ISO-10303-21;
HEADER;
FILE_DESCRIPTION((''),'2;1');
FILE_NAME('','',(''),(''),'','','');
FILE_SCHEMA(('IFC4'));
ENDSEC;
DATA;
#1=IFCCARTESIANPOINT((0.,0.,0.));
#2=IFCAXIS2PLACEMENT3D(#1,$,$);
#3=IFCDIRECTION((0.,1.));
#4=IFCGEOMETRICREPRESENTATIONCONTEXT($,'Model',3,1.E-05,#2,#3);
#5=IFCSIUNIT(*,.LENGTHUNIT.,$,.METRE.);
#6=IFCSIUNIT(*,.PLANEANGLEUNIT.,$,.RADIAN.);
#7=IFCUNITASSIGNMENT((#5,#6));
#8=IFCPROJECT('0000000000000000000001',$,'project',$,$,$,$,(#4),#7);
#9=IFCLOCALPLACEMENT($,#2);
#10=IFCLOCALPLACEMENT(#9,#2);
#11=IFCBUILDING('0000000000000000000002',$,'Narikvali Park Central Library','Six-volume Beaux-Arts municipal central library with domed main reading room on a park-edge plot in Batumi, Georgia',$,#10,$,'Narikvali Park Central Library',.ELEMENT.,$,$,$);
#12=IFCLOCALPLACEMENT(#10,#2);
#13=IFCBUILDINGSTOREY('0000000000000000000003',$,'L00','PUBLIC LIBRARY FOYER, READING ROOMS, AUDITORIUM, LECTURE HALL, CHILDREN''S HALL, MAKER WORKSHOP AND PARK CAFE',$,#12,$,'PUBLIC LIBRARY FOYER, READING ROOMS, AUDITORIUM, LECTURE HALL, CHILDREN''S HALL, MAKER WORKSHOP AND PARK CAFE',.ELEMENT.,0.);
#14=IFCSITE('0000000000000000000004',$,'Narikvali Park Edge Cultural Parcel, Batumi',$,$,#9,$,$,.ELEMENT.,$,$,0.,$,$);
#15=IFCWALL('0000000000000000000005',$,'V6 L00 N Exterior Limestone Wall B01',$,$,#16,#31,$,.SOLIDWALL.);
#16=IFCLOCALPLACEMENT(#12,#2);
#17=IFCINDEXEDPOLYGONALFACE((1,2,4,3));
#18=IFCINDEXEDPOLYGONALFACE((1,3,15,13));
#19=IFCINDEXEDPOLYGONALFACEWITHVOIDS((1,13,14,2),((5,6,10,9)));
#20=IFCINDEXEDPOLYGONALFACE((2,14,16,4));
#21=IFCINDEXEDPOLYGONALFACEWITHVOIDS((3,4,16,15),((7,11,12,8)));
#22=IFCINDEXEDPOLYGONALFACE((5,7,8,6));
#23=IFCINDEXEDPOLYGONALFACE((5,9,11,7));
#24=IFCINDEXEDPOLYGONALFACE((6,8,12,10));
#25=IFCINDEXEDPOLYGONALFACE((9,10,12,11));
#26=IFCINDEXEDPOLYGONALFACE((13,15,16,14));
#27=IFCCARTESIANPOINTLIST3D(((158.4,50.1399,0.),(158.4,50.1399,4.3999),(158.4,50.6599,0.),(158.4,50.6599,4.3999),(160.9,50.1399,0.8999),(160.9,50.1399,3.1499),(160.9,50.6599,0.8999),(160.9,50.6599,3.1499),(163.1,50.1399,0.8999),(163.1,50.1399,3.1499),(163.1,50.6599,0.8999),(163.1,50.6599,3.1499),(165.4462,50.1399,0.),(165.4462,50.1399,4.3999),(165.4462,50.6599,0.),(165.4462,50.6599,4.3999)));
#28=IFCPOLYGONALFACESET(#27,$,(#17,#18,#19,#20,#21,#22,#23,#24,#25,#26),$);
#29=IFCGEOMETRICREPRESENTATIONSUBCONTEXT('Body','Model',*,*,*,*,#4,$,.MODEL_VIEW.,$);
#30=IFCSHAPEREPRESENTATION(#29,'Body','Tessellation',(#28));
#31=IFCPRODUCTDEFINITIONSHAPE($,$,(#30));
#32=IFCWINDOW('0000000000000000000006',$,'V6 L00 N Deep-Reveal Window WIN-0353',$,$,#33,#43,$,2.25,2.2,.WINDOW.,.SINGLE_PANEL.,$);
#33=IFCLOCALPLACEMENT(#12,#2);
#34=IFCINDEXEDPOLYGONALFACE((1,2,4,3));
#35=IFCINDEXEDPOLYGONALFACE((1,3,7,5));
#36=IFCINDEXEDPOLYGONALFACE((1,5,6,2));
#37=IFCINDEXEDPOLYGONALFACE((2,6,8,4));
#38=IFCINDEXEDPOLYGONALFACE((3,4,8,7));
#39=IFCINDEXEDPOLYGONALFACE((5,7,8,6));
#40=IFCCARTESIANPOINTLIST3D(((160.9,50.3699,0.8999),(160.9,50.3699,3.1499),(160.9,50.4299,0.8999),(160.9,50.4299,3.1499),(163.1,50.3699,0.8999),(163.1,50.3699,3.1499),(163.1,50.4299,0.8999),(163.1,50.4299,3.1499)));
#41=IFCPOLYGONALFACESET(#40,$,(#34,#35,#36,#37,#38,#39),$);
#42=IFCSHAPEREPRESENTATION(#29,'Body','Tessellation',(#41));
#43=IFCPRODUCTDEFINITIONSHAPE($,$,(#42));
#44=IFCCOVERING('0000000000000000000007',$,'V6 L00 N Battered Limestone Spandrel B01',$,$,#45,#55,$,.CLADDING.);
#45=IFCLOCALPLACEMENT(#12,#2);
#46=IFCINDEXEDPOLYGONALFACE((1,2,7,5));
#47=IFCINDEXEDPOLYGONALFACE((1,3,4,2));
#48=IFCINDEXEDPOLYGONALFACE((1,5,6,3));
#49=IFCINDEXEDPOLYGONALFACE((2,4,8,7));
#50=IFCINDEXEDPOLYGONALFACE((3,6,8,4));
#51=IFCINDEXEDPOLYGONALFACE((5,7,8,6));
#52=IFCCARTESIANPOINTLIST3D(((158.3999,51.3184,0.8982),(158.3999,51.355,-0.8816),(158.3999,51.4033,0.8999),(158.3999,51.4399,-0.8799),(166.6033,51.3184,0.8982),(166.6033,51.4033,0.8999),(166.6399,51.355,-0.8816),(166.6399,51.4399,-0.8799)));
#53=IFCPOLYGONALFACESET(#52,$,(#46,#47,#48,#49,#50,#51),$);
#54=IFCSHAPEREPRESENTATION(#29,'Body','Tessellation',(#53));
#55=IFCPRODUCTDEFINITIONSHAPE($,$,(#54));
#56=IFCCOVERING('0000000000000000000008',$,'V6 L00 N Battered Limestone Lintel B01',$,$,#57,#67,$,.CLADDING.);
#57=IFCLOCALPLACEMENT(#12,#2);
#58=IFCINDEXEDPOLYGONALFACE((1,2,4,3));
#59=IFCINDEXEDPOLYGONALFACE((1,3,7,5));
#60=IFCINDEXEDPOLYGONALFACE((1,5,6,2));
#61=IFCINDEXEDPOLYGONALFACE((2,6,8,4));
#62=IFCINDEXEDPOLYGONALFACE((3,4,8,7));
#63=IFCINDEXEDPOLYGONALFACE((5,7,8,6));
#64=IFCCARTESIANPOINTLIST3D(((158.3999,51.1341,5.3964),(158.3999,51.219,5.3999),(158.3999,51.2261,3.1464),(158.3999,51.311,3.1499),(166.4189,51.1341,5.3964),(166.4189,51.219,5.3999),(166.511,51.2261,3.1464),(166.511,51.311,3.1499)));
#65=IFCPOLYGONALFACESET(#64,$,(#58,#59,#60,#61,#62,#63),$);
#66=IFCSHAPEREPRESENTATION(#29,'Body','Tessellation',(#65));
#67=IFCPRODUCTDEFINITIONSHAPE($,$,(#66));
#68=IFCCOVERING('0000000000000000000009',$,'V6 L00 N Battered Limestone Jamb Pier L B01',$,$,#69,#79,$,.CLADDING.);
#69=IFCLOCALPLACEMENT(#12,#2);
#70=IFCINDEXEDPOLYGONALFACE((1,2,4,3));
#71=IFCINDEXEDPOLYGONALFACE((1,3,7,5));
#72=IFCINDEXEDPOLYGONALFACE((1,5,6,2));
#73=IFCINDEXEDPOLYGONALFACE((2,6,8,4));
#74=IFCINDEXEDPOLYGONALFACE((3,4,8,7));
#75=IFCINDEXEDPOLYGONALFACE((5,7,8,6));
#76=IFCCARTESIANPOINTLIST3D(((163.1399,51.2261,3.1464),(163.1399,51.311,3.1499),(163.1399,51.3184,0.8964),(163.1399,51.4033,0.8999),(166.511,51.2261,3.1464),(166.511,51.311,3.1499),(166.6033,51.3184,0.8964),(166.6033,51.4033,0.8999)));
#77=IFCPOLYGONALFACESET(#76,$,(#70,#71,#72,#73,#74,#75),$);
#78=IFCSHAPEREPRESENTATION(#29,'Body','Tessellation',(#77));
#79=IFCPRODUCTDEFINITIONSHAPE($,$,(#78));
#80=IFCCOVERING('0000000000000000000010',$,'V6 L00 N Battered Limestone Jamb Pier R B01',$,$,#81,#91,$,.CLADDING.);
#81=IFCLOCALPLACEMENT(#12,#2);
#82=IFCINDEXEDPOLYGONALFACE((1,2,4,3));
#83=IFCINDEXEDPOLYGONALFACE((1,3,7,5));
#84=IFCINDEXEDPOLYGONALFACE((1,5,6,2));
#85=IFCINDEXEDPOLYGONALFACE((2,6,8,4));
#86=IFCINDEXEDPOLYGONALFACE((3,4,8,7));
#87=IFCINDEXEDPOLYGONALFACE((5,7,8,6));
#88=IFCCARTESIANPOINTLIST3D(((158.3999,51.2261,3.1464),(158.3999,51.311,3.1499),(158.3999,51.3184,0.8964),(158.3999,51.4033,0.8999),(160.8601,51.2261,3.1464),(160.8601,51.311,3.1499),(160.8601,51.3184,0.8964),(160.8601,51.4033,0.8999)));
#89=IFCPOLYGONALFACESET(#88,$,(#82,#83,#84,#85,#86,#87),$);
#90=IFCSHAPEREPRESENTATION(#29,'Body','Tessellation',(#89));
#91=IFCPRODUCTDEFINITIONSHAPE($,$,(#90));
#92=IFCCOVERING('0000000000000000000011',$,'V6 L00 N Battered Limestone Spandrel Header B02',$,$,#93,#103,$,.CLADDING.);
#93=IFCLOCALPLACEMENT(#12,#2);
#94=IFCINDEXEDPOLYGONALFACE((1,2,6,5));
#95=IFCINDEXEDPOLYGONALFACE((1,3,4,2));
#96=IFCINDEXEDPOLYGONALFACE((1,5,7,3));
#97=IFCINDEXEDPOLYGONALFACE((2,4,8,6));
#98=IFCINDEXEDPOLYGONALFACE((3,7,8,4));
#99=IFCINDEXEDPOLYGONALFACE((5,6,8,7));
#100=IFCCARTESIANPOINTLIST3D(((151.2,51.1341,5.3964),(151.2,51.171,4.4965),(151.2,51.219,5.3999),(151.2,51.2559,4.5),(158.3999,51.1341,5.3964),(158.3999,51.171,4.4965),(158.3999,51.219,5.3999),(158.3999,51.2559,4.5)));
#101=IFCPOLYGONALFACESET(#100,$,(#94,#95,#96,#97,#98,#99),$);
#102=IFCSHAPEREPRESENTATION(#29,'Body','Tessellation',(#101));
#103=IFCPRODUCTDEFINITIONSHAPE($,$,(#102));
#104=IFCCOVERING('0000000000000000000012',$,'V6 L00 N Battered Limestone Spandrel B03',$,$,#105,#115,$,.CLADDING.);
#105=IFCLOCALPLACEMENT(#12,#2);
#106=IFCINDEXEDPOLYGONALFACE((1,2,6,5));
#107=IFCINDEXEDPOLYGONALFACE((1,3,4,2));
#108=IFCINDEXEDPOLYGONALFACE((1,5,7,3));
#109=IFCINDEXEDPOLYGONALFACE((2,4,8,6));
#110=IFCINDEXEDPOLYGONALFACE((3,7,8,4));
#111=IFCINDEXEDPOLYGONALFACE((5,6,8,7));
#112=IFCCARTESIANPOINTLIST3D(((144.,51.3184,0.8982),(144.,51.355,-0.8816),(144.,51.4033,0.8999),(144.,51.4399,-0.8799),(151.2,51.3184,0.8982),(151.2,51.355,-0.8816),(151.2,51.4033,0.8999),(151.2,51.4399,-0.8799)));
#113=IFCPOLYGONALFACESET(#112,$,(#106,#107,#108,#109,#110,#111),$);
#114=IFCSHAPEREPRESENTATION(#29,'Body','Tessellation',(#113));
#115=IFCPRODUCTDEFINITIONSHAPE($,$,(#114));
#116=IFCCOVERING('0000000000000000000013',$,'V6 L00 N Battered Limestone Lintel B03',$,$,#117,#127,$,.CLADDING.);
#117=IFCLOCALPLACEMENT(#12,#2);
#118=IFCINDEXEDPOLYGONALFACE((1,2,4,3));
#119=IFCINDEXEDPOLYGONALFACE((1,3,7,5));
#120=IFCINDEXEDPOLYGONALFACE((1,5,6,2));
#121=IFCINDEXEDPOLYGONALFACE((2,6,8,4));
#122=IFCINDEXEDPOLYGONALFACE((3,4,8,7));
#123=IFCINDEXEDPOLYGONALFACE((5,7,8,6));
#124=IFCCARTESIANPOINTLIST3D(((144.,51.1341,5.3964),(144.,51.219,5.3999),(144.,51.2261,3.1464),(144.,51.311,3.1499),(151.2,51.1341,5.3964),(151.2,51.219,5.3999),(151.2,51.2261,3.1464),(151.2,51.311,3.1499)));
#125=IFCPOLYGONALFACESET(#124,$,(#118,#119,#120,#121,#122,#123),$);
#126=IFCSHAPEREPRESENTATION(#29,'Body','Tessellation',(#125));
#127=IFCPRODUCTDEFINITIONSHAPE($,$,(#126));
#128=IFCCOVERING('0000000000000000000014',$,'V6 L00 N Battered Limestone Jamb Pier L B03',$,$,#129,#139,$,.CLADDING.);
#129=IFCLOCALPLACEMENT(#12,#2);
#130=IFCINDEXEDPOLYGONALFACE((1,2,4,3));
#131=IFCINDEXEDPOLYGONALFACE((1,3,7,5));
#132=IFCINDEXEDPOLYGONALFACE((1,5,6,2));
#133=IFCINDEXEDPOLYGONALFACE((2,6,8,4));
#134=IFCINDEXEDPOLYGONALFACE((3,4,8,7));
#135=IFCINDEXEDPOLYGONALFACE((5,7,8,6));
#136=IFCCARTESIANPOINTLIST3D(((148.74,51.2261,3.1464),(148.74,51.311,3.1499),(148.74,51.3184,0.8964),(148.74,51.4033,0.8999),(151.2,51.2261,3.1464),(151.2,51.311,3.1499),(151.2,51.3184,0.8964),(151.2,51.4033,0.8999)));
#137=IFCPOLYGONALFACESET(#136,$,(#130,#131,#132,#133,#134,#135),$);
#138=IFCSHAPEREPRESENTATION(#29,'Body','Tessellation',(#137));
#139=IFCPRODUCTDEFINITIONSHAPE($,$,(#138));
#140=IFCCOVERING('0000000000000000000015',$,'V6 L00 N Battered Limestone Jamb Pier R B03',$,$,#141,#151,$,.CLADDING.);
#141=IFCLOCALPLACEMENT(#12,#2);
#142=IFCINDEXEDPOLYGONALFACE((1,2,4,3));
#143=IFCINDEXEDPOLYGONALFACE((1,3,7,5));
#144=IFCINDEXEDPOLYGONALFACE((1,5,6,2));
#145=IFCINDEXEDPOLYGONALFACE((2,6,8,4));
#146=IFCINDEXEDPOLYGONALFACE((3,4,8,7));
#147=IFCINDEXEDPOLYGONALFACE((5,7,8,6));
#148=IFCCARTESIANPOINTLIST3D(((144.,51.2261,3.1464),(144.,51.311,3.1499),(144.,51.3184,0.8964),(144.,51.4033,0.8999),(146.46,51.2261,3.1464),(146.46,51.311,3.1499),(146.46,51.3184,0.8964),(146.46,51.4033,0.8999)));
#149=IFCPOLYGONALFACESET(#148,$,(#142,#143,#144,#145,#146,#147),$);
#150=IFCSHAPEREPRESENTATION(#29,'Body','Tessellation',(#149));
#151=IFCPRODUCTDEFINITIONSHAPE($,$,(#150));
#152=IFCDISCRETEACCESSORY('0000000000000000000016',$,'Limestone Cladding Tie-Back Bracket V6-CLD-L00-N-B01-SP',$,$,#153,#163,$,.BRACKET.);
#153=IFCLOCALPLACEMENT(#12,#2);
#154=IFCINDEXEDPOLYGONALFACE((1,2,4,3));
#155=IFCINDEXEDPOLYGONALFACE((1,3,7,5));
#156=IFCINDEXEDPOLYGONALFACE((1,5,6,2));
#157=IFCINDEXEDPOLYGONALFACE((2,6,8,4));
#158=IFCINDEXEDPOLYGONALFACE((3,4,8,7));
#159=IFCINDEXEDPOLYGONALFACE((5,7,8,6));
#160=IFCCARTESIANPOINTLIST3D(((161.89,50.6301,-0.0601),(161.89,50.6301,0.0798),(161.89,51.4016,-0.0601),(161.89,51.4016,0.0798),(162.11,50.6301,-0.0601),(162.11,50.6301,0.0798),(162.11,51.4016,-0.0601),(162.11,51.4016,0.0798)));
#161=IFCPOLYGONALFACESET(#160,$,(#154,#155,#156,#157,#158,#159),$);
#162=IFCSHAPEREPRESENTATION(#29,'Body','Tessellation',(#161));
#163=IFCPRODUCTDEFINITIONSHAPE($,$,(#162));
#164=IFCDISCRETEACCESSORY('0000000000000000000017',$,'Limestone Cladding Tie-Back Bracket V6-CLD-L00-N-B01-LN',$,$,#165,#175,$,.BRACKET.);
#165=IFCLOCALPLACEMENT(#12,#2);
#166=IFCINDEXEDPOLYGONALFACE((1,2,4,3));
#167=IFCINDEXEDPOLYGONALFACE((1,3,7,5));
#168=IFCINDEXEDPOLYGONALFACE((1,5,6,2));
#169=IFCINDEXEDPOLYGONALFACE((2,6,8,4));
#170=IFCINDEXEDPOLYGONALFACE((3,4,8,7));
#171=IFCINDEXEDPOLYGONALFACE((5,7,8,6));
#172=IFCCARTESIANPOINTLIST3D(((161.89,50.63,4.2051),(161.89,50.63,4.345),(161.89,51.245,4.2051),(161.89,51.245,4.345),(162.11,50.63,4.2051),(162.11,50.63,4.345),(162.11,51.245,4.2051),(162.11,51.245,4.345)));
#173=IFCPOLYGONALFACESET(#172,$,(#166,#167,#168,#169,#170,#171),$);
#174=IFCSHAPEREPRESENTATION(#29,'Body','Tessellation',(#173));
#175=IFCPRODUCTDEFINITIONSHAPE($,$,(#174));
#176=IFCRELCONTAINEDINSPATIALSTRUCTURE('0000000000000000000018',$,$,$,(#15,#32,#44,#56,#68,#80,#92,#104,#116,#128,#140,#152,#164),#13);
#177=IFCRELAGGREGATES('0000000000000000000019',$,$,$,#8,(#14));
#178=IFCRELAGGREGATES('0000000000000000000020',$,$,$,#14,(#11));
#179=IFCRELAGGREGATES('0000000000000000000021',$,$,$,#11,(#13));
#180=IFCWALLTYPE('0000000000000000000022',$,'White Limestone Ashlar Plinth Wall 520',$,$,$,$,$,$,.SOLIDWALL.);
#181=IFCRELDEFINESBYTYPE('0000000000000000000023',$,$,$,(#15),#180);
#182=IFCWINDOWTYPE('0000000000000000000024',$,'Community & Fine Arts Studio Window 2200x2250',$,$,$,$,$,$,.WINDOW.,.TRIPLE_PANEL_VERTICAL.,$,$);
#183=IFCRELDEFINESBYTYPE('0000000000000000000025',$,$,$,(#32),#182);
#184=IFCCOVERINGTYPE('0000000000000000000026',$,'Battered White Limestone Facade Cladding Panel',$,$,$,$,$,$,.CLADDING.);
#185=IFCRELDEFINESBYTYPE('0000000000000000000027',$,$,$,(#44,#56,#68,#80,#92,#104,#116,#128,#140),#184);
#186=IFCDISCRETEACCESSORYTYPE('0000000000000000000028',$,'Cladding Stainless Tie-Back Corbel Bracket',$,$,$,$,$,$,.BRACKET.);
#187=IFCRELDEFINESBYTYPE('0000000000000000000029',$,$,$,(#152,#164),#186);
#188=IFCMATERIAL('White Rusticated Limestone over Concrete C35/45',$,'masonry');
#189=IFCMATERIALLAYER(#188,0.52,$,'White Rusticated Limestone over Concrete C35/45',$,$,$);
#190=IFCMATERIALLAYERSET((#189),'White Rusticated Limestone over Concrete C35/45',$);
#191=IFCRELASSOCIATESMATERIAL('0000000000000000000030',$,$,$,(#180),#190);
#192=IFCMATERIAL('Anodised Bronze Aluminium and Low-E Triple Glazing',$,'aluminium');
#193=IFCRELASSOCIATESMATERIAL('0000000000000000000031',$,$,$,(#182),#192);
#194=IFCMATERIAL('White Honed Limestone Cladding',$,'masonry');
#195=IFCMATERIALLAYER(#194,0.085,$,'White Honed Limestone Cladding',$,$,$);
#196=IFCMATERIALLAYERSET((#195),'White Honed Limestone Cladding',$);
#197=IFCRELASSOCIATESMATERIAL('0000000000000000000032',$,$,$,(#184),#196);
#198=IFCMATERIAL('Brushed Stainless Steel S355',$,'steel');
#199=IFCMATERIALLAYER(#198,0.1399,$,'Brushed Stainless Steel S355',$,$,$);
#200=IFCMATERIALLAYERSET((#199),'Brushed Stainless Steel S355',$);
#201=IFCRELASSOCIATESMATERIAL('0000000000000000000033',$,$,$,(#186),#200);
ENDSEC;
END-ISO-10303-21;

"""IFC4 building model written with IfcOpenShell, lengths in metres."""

from ifc_helpers import new_model, si_unit, direction, frame, frame_2d, origin, origin_2d, place, context, subcontext, project, spatial, polyline, rectangle, outline, extrude, material, layer, layer_set, type_object, element, fill, save


model = new_model("IFC4")

# Units and contexts
model_context = context("Model", 3, precision=1e-05, world=origin(), true_north=direction((0.0, 1.0)))
body_context = subcontext(model_context, "Body", "Model", "MODEL_VIEW")
ifc_project = project(units=[si_unit("LENGTHUNIT", "METRE"), si_unit("PLANEANGLEUNIT", "RADIAN")], contexts=[model_context])

# Site, building, storey
site_placement = place(None, origin())
site = spatial("IfcSite", under=ifc_project, at=site_placement, Name="Narikvali Park Edge Cultural Parcel, Batumi", CompositionType="ELEMENT", RefElevation=0.0)
building_placement = place(site_placement, origin())
building = spatial("IfcBuilding", under=site, at=building_placement, Name="Narikvali Park Central Library", Description="Six-volume Beaux-Arts municipal central library with domed main reading room on a park-edge plot in Batumi, Georgia", LongName="Narikvali Park Central Library", CompositionType="ELEMENT")
storey_placement = place(building_placement, origin())
storey = spatial("IfcBuildingStorey", under=building, at=storey_placement, Name="L00", Description="PUBLIC LIBRARY FOYER, READING ROOMS, AUDITORIUM, LECTURE HALL, CHILDREN'S HALL, MAKER WORKSHOP AND PARK CAFE", LongName="PUBLIC LIBRARY FOYER, READING ROOMS, AUDITORIUM, LECTURE HALL, CHILDREN'S HALL, MAKER WORKSHOP AND PARK CAFE", CompositionType="ELEMENT", Elevation=0.0)

# Wall, opening, window
ifc_material_1 = material(Name="White Rusticated Limestone over Concrete C35/45", Category="masonry")
ifc_layer_1 = layer(ifc_material_1, 0.52, Name="White Rusticated Limestone over Concrete C35/45")
ifc_layer_set_1 = layer_set([ifc_layer_1], Name="White Rusticated Limestone over Concrete C35/45")
wall_type = type_object("IfcWallType", Name="White Limestone Ashlar Plinth Wall 520", PredefinedType="SOLIDWALL", material=ifc_layer_set_1)
wall_placement = place(storey_placement, frame((165.446, 50.3999, 0.0), z_axis=(0.0, 0.0, 1.0), x_axis=(-1.0, 0.0, 0.0)))
wall = element("IfcWall", 1, at=wall_placement, inside=storey, type_object=wall_type, Name="V6 L00 N Exterior Limestone Wall B01", PredefinedType="SOLIDWALL", context=body_context, shape_type="SweptSolid", body=[
    extrude(rectangle(XDim=7.0461, YDim=0.52, at=frame_2d((3.5229, 0.0))), origin(), (0.0, 0.0, 1.0), 4.3999),
])
opening_placement = place(wall_placement, frame((2.3459, 0.0, 0.8999)))
opening = element("IfcOpeningElement", 2, at=opening_placement, cuts=wall, PredefinedType="OPENING", context=body_context, shape_type="SweptSolid", body=[
    extrude(rectangle(XDim=2.2, YDim=2.25, at=frame_2d((1.1001, 1.125))), frame((0.0, 0.272, 0.0), z_axis=(0.0, -1.0, 0.0), x_axis=(1.0, 0.0, 0.0)), (0.0, 0.0, 1.0), 0.5439),
])
ifc_material_2 = material(Name="Anodised Bronze Aluminium and Low-E Triple Glazing", Category="aluminium")
window_type = type_object("IfcWindowType", Name="Community & Fine Arts Studio Window 2200x2250", PartitioningType="TRIPLE_PANEL_VERTICAL", PredefinedType="WINDOW", material=ifc_material_2)
window_placement = place(opening_placement, origin())
window = element("IfcWindow", 3, at=window_placement, inside=storey, type_object=window_type, Name="V6 L00 N Deep-Reveal Window WIN-0353", OverallHeight=2.25, OverallWidth=2.2, PartitioningType="SINGLE_PANEL", PredefinedType="WINDOW", context=body_context, shape_type="SweptSolid", body=[
    extrude(rectangle(XDim=2.2, YDim=2.25, at=frame_2d((1.1001, 1.125))), frame((0.0, 0.03, 0.0), z_axis=(0.0, -1.0, 0.0), x_axis=(1.0, 0.0, 0.0)), (0.0, 0.0, 1.0), 0.0601),
])
fill(opening, window)

# Coverings
ifc_material_3 = material(Name="White Honed Limestone Cladding", Category="masonry")
ifc_layer_2 = layer(ifc_material_3, 0.085, Name="White Honed Limestone Cladding")
ifc_layer_set_2 = layer_set([ifc_layer_2], Name="White Honed Limestone Cladding")
covering_type = type_object("IfcCoveringType", Name="Battered White Limestone Facade Cladding Panel", PredefinedType="CLADDING", material=ifc_layer_set_2)
covering_1_placement = place(storey_placement, frame((166.6399, 51.4399, -0.8799), z_axis=(0.0, 0.999788, 0.020572), x_axis=(-1.0, 0.0, 0.0)))
element("IfcCovering", 4, at=covering_1_placement, inside=storey, type_object=covering_type, Name="V6 L00 N Battered Limestone Spandrel B01", PredefinedType="CLADDING", context=body_context, shape_type="SweptSolid", body=[
    extrude(outline(polyline([(0.0, 0.0), (8.24, 0.0), (8.24, 1.7802), (0.0366, 1.7802), (0.0, 0.0)])), origin(), (0.0, 0.0, -1.0), 0.085),
])
covering_2_placement = place(storey_placement, frame((166.511, 51.311, 3.1499), z_axis=(0.0, 0.999164, 0.040873), x_axis=(-1.0, 0.0, 0.0)))
element("IfcCovering", 5, at=covering_2_placement, inside=storey, type_object=covering_type, Name="V6 L00 N Battered Limestone Lintel B01", PredefinedType="CLADDING", context=body_context, shape_type="SweptSolid", body=[
    extrude(outline(polyline([(0.0, 0.0), (8.1111, 0.0), (8.1111, 2.2519), (0.092, 2.2519), (0.0, 0.0)])), origin(), (0.0, 0.0, -1.0), 0.085),
])
covering_3_placement = place(storey_placement, frame((166.6033, 51.4033, 0.8999), z_axis=(0.0, 0.99916, 0.040981), x_axis=(-1.0, 0.0, 0.0)))
element("IfcCovering", 6, at=covering_3_placement, inside=storey, type_object=covering_type, Name="V6 L00 N Battered Limestone Jamb Pier L B01", PredefinedType="CLADDING", context=body_context, shape_type="SweptSolid", body=[
    extrude(outline(polyline([(0.0, 0.0), (3.4634, 0.0), (3.4634, 2.2519), (0.0923, 2.2519), (0.0, 0.0)])), origin(), (0.0, 0.0, -1.0), 0.085),
])
covering_4_placement = place(storey_placement, frame((160.8601, 51.4033, 0.8999), z_axis=(0.0, 0.99916, 0.040981), x_axis=(-1.0, 0.0, 0.0)))
element("IfcCovering", 7, at=covering_4_placement, inside=storey, type_object=covering_type, Name="V6 L00 N Battered Limestone Jamb Pier R B01", PredefinedType="CLADDING", context=body_context, shape_type="SweptSolid", body=[
    extrude(outline(polyline([(0.0, 0.0), (2.4602, 0.0), (2.4602, 2.2519), (0.0, 2.2519), (0.0, 0.0)])), origin(), (0.0, 0.0, -1.0), 0.085),
])
covering_5_placement = place(storey_placement, frame((158.3999, 51.2559, 4.5), z_axis=(0.0, 0.999162, 0.040931), x_axis=(-1.0, 0.0, 0.0)))
element("IfcCovering", 8, at=covering_5_placement, inside=storey, type_object=covering_type, Name="V6 L00 N Battered Limestone Spandrel Header B02", PredefinedType="CLADDING", context=body_context, shape_type="SweptSolid", body=[
    extrude(outline(polyline([(0.0, 0.0), (7.2, 0.0), (7.2, 0.9007), (0.0, 0.9007), (0.0, 0.0)])), origin(), (0.0, 0.0, -1.0), 0.085),
])
covering_6_placement = place(storey_placement, frame((151.2, 51.4399, -0.8799), z_axis=(0.0, 0.999788, 0.020572), x_axis=(-1.0, 0.0, 0.0)))
element("IfcCovering", 9, at=covering_6_placement, inside=storey, type_object=covering_type, Name="V6 L00 N Battered Limestone Spandrel B03", PredefinedType="CLADDING", context=body_context, shape_type="SweptSolid", body=[
    extrude(outline(polyline([(0.0, 0.0), (7.2, 0.0), (7.2, 1.7802), (0.0, 1.7802), (0.0, 0.0)])), origin(), (0.0, 0.0, -1.0), 0.085),
])
covering_7_placement = place(storey_placement, frame((151.2, 51.311, 3.1499), z_axis=(0.0, 0.999164, 0.040873), x_axis=(-1.0, 0.0, 0.0)))
element("IfcCovering", 10, at=covering_7_placement, inside=storey, type_object=covering_type, Name="V6 L00 N Battered Limestone Lintel B03", PredefinedType="CLADDING", context=body_context, shape_type="SweptSolid", body=[
    extrude(outline(polyline([(0.0, 0.0), (7.2, 0.0), (7.2, 2.2519), (0.0, 2.2519), (0.0, 0.0)])), origin(), (0.0, 0.0, -1.0), 0.085),
])
for number, where, z_axis, x_axis, name in (
    (11, (151.2, 51.4033, 0.8999), (0.0, 0.99916, 0.040981), (-1.0, 0.0, 0.0), "V6 L00 N Battered Limestone Jamb Pier L B03"),
    (12, (146.46, 51.4033, 0.8999), (0.0, 0.99916, 0.040981), (-1.0, 0.0, 0.0), "V6 L00 N Battered Limestone Jamb Pier R B03"),
):
    element("IfcCovering", number, at=place(storey_placement, frame(where, z_axis=z_axis, x_axis=x_axis)), inside=storey, type_object=covering_type, Name=name, PredefinedType="CLADDING", context=body_context, shape_type="SweptSolid", body=[
        extrude(outline(polyline([(0.0, 0.0), (2.46, 0.0), (2.46, 2.2519), (0.0, 2.2519), (0.0, 0.0)])), origin(), (0.0, 0.0, -1.0), 0.085),
    ])

# Discrete accessories
ifc_material_4 = material(Name="Brushed Stainless Steel S355", Category="steel")
ifc_layer_3 = layer(ifc_material_4, 0.1399, Name="Brushed Stainless Steel S355")
ifc_layer_set_3 = layer_set([ifc_layer_3], Name="Brushed Stainless Steel S355")
discrete_accessory_type = type_object("IfcDiscreteAccessoryType", Name="Cladding Stainless Tie-Back Corbel Bracket", PredefinedType="BRACKET", material=ifc_layer_set_3)
discrete_accessory_1_placement = place(storey_placement, frame((162.0, 51.0159, -0.0601), z_axis=(0.0, 0.0, 1.0), x_axis=(1.0, 0.0, 0.0)))
element("IfcDiscreteAccessory", 13, at=discrete_accessory_1_placement, inside=storey, type_object=discrete_accessory_type, Name="Limestone Cladding Tie-Back Bracket V6-CLD-L00-N-B01-SP", PredefinedType="BRACKET", context=body_context, shape_type="SweptSolid", body=[
    extrude(rectangle(XDim=0.22, YDim=0.7715, at=origin_2d()), origin(), (0.0, 0.0, 1.0), 0.1399),
])
discrete_accessory_2_placement = place(storey_placement, frame((162.0, 50.9375, 4.2051), z_axis=(0.0, 0.0, 1.0), x_axis=(1.0, 0.0, 0.0)))
element("IfcDiscreteAccessory", 14, at=discrete_accessory_2_placement, inside=storey, type_object=discrete_accessory_type, Name="Limestone Cladding Tie-Back Bracket V6-CLD-L00-N-B01-LN", PredefinedType="BRACKET", context=body_context, shape_type="SweptSolid", body=[
    extrude(rectangle(XDim=0.22, YDim=0.615, at=origin_2d()), origin(), (0.0, 0.0, 1.0), 0.1399),
])

save(model, "model.ifc")
